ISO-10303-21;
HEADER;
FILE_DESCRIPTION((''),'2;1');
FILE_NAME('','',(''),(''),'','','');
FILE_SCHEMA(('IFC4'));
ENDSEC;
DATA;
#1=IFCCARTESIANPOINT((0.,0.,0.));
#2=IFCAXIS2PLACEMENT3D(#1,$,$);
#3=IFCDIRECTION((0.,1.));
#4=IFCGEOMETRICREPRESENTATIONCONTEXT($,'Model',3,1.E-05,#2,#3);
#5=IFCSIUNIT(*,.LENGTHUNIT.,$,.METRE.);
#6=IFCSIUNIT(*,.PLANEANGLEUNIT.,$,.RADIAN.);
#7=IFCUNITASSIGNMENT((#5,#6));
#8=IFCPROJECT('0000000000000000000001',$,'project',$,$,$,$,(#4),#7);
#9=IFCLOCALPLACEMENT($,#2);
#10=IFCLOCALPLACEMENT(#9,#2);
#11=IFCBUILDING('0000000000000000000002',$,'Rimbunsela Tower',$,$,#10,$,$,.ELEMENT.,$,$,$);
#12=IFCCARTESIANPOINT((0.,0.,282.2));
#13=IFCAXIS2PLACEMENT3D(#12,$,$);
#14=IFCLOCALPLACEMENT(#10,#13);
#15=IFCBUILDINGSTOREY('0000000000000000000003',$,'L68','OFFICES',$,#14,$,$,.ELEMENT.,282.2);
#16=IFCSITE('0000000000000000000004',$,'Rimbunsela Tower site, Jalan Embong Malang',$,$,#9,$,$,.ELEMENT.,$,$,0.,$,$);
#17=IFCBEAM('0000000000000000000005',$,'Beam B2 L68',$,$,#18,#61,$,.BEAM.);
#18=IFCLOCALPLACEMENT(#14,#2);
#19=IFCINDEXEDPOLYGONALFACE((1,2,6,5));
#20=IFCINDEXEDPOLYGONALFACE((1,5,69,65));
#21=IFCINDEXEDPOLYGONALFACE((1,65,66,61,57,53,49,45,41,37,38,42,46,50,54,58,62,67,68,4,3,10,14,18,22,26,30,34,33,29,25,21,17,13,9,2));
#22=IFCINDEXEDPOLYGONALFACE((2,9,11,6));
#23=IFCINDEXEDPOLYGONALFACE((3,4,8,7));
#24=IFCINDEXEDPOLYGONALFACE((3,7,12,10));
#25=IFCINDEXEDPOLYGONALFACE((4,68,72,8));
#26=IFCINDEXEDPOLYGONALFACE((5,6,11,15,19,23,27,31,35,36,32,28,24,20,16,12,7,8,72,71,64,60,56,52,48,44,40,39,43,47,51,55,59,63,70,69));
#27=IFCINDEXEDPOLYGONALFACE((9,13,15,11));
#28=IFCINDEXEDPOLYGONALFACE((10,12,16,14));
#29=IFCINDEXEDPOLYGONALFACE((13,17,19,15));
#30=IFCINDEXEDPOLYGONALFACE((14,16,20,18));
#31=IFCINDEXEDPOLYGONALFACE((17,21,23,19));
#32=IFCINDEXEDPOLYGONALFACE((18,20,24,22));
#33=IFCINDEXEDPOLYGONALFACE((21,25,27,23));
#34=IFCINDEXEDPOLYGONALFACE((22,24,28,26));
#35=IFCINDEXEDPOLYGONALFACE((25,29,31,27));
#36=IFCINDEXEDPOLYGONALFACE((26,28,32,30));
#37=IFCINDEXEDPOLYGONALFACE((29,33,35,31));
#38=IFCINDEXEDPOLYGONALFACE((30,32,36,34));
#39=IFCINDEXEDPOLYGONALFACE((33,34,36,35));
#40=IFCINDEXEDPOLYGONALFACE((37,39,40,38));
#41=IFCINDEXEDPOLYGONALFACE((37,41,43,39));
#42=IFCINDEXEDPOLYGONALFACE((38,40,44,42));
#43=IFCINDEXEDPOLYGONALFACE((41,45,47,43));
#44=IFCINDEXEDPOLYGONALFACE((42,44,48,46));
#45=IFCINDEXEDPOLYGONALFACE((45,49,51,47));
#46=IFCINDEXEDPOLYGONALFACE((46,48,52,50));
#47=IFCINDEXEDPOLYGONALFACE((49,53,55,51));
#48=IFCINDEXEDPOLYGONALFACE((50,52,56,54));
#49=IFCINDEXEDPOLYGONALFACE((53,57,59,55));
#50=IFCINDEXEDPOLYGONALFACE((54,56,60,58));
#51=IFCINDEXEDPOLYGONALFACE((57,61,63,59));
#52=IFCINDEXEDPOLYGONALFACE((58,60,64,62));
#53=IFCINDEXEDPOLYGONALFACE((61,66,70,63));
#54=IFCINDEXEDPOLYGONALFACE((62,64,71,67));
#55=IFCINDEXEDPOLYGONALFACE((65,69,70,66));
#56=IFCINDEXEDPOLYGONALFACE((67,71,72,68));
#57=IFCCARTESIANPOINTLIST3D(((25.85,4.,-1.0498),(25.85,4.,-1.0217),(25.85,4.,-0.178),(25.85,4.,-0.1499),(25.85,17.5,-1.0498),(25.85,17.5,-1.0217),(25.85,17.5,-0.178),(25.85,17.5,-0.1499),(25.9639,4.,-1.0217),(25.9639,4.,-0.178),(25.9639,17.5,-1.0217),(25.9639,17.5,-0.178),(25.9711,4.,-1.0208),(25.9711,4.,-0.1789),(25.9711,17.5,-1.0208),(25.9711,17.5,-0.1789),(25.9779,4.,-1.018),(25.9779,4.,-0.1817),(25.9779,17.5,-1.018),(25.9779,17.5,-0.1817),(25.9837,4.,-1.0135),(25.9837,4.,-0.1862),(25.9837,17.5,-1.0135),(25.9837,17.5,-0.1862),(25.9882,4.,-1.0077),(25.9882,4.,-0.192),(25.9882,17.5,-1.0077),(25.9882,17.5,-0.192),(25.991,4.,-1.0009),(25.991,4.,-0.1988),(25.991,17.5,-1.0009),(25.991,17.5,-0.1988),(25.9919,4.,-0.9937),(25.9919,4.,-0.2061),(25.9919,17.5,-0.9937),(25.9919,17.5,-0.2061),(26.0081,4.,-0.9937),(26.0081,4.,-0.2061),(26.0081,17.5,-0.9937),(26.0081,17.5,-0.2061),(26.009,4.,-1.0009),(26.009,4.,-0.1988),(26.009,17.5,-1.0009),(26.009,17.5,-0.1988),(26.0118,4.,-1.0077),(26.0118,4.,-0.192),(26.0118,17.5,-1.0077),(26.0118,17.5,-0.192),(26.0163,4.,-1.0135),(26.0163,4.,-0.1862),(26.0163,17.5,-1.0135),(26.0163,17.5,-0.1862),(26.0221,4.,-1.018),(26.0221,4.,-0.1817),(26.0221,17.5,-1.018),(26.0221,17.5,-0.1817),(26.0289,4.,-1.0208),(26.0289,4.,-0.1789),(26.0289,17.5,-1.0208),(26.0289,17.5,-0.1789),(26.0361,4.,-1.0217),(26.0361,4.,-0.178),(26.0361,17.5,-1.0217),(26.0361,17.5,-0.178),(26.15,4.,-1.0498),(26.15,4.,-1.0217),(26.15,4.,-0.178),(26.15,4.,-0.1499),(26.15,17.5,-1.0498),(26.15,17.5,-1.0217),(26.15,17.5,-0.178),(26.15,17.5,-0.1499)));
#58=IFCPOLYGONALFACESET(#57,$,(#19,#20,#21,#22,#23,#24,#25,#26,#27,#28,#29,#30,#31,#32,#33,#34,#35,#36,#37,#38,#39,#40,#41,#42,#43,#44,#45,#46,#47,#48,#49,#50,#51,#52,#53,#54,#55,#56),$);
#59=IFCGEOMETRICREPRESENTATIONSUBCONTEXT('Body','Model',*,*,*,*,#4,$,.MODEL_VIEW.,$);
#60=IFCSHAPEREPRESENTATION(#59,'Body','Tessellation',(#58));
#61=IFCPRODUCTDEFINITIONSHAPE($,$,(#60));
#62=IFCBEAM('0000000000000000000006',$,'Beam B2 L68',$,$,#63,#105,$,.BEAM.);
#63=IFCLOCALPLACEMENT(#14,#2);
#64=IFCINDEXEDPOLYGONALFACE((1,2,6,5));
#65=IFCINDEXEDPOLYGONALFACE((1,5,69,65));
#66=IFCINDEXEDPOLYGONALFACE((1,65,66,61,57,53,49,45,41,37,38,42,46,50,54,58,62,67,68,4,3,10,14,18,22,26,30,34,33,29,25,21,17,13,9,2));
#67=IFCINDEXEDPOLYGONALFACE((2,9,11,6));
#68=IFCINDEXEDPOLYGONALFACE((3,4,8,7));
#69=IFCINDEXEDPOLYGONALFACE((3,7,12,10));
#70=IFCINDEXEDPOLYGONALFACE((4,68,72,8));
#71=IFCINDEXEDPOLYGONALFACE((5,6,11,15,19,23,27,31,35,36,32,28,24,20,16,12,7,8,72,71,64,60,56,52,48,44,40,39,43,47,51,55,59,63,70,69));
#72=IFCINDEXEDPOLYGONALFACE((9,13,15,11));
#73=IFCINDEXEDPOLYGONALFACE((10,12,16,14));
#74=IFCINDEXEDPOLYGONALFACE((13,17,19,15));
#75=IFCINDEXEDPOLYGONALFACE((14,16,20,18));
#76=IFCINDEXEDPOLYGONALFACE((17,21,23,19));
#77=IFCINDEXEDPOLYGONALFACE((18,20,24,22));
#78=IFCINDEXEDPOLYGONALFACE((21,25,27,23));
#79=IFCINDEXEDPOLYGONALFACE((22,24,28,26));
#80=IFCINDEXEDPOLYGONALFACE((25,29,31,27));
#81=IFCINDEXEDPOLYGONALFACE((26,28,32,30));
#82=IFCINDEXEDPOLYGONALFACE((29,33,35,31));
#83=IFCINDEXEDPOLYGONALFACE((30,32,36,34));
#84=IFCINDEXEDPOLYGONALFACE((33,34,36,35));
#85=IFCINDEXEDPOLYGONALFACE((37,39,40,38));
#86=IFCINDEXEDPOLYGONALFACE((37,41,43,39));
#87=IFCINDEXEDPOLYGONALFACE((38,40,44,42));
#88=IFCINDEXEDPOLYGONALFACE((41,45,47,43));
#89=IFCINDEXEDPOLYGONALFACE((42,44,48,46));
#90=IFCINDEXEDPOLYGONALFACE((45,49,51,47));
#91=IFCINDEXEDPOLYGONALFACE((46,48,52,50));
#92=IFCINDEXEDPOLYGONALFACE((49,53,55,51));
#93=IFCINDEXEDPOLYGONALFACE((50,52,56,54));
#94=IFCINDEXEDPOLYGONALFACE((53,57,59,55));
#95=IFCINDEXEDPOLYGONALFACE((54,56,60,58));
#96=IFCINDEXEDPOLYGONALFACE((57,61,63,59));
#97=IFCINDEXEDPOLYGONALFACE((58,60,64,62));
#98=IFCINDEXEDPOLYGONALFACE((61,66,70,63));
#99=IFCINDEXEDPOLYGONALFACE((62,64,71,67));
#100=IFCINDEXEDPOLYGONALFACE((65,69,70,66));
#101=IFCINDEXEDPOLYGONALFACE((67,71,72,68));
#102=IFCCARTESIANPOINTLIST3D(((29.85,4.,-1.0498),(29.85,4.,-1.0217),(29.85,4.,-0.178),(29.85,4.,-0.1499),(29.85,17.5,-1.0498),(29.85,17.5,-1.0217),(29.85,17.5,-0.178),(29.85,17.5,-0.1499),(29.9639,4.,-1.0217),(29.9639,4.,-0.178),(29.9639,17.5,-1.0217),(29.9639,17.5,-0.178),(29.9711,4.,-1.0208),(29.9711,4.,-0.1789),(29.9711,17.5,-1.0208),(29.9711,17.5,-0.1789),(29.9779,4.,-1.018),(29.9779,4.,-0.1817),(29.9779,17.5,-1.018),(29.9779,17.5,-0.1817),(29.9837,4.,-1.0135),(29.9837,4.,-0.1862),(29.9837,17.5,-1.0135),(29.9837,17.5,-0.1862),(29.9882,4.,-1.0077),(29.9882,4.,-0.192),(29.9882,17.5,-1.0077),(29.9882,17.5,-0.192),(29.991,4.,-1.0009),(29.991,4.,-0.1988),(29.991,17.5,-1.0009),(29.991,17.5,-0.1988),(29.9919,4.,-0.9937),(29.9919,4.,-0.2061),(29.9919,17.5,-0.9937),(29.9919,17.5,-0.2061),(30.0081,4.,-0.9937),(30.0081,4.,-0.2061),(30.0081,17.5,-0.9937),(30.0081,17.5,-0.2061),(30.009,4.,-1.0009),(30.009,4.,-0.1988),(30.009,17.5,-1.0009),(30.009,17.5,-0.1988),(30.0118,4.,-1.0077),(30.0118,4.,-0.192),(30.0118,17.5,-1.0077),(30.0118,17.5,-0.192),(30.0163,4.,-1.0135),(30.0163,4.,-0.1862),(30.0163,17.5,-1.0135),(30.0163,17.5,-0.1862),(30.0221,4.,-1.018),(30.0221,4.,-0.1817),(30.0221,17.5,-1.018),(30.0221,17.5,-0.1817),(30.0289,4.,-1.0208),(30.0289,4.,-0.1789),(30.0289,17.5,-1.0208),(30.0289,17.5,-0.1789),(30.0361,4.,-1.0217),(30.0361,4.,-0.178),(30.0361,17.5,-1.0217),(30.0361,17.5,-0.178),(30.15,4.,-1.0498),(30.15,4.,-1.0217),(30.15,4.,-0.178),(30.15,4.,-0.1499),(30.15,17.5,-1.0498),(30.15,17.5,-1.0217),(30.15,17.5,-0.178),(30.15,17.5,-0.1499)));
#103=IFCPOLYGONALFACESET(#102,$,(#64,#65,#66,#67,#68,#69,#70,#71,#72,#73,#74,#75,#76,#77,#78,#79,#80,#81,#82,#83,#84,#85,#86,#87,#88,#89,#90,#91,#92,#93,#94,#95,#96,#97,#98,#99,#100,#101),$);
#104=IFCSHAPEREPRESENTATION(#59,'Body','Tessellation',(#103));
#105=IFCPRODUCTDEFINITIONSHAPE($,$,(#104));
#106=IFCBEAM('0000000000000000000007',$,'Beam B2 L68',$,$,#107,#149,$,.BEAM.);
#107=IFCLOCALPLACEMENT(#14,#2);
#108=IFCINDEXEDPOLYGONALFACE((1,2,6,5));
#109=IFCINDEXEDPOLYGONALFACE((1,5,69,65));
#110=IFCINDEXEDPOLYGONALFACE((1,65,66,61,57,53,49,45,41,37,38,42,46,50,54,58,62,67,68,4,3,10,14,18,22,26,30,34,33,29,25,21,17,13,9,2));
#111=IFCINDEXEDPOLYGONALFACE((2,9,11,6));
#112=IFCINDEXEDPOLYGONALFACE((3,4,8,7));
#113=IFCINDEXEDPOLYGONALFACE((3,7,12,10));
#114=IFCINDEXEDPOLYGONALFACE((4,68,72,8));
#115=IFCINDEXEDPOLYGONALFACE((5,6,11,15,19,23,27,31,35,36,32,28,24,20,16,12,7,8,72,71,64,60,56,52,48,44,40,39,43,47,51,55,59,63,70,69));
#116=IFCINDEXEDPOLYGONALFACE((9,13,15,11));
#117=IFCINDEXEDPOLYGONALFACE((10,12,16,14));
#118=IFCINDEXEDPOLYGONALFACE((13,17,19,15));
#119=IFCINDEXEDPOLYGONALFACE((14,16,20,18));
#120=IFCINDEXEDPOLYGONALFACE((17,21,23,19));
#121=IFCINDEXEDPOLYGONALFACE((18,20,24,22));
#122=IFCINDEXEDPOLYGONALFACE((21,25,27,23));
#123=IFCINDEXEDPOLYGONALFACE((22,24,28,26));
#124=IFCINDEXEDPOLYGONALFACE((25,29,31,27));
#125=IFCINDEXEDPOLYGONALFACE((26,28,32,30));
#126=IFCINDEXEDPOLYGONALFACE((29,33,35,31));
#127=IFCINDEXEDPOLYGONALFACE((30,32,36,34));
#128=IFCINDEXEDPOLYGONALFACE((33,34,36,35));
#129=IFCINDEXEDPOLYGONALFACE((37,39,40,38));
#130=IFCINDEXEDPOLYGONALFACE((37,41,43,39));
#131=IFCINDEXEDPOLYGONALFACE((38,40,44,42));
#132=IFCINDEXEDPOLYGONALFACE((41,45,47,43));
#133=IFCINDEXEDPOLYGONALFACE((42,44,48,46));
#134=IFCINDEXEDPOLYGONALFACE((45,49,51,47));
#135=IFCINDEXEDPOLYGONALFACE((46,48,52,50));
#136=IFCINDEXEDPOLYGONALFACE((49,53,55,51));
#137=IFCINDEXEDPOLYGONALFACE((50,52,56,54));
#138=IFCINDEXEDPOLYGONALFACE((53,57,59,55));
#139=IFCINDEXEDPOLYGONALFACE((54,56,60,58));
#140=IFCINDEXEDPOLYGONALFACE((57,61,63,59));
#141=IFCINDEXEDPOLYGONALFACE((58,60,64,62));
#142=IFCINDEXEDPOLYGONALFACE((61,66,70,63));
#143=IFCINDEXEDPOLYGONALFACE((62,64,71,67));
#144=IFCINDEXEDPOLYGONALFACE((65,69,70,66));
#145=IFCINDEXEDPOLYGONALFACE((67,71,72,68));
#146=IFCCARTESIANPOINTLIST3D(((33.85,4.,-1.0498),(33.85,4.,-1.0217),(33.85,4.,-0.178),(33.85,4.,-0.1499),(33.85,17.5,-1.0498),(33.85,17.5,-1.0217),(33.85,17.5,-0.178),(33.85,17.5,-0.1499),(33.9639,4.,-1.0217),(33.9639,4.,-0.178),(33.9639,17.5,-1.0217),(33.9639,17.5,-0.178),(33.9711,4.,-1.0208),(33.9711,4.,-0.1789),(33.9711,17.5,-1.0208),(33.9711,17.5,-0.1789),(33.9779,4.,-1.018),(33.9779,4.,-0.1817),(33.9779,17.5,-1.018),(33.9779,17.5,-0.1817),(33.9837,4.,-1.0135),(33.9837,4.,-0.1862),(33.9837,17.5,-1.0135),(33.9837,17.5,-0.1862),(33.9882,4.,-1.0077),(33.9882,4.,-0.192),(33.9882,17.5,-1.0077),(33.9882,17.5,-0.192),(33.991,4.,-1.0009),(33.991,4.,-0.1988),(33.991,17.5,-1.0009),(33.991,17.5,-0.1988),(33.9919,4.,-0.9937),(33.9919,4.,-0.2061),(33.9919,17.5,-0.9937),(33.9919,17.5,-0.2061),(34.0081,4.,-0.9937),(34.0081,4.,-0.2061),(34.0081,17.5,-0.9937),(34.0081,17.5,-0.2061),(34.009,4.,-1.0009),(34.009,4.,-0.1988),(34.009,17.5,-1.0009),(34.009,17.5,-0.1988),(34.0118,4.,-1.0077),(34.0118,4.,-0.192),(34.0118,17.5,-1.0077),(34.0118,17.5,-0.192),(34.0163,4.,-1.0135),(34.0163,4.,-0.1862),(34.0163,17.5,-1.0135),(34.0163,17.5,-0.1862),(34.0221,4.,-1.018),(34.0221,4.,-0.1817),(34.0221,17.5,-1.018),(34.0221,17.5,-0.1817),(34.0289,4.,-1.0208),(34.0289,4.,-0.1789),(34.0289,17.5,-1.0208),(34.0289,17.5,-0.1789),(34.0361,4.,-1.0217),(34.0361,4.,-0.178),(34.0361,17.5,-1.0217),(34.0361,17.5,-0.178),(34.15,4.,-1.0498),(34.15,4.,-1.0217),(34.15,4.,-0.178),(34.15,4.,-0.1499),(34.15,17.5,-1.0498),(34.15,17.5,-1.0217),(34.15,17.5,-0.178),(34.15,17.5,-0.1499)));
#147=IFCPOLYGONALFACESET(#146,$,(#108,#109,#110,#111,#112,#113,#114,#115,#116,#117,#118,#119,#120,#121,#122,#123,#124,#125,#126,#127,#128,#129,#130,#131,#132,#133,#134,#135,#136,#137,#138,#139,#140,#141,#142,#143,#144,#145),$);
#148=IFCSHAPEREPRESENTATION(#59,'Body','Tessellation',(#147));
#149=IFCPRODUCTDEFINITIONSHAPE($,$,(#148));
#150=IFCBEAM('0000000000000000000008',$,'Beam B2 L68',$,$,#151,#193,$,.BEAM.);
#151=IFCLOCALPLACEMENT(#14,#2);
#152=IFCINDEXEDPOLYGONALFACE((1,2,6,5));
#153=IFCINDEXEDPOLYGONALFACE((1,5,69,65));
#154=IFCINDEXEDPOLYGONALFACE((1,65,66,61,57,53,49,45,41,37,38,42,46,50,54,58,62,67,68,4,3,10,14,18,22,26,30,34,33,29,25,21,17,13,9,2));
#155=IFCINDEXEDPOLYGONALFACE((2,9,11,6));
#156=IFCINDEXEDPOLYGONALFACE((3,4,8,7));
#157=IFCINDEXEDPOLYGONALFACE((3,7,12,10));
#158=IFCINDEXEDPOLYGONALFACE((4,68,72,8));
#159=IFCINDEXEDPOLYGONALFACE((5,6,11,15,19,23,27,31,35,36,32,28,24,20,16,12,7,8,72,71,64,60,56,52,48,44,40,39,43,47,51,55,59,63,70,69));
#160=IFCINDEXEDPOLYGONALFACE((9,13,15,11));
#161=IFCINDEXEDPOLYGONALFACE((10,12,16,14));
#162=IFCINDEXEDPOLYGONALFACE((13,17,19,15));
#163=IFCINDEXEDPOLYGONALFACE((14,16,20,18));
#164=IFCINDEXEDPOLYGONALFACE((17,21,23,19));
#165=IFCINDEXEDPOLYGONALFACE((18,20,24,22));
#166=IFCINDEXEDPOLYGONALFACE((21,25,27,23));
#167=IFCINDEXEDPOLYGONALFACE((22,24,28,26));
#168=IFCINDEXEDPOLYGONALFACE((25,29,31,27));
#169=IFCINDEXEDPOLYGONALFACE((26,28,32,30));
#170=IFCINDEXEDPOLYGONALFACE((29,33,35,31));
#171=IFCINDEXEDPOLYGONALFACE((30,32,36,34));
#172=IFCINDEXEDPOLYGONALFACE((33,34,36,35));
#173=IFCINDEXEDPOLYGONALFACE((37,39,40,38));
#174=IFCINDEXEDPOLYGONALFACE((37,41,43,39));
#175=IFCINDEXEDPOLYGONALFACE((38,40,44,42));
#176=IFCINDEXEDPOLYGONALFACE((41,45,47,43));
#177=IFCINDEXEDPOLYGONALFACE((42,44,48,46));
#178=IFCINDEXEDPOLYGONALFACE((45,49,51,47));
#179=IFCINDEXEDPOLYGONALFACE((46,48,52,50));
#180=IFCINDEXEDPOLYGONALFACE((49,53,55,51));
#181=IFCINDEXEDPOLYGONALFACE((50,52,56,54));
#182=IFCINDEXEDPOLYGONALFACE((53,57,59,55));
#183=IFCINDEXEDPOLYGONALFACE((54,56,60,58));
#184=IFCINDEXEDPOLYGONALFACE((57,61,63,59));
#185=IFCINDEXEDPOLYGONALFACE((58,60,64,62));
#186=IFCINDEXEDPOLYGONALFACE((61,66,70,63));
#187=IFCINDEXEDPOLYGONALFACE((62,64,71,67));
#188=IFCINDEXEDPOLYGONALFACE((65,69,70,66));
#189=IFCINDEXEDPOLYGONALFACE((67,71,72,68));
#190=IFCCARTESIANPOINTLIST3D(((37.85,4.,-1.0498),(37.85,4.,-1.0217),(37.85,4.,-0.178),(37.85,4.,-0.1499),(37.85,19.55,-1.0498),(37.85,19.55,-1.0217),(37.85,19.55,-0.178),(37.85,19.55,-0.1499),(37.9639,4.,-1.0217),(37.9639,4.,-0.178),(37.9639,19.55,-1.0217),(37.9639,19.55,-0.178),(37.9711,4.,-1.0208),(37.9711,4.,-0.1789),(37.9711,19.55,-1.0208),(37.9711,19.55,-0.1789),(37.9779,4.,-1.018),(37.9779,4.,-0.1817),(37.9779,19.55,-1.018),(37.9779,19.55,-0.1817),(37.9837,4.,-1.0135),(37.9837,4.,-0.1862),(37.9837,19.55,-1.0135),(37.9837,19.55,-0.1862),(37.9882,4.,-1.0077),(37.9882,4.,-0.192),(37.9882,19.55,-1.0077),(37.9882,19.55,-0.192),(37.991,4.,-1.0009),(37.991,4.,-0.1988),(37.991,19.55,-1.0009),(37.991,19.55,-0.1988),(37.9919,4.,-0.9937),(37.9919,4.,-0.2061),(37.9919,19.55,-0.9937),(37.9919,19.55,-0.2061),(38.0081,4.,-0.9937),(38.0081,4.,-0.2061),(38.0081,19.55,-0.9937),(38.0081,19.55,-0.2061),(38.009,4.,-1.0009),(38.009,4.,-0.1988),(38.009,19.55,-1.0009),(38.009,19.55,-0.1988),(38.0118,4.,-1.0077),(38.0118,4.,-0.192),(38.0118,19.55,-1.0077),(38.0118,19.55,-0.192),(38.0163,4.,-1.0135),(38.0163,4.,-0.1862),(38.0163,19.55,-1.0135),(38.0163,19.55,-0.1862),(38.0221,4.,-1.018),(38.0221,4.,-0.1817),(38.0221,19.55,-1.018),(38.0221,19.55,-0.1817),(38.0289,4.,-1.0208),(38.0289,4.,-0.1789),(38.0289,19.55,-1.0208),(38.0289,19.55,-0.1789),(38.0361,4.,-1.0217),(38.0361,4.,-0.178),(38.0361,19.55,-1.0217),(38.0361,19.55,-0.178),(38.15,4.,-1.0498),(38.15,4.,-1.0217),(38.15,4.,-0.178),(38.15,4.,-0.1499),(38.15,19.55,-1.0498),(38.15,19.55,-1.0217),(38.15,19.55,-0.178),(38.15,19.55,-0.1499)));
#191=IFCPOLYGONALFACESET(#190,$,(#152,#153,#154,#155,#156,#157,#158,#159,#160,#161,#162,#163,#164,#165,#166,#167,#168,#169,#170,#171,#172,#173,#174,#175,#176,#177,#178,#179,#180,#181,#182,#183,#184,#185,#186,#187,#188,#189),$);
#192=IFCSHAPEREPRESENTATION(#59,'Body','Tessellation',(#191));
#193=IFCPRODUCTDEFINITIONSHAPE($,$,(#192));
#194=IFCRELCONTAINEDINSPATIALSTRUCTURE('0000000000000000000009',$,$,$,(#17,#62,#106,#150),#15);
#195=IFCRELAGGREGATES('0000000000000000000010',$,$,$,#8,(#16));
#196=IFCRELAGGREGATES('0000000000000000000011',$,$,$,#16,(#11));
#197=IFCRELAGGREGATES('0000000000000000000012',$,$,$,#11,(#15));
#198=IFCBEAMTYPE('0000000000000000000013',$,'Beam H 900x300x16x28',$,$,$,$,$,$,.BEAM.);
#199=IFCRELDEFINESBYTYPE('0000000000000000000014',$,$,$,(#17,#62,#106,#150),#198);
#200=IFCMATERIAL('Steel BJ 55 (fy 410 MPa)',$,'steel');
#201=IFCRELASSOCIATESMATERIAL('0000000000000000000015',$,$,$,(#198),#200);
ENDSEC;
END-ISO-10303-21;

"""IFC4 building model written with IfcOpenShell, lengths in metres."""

from ifc_helpers import new_model, si_unit, direction, frame, origin, origin_2d, place, context, subcontext, project, spatial, i_section, extrude, material, material_profile, profile_set, type_object, element, save


model = new_model("IFC4")

# Units and contexts
model_context = context("Model", 3, precision=1e-05, world=origin(), true_north=direction((0.0, 1.0)))
body_context = subcontext(model_context, "Body", "Model", "MODEL_VIEW")
ifc_project = project(units=[si_unit("LENGTHUNIT", "METRE"), si_unit("PLANEANGLEUNIT", "RADIAN")], contexts=[model_context])

# Site, building, storey
site_placement = place(None, origin())
site = spatial("IfcSite", under=ifc_project, at=site_placement, Name="Rimbunsela Tower site, Jalan Embong Malang", CompositionType="ELEMENT", RefElevation=0.0)
building_placement = place(site_placement, origin())
building = spatial("IfcBuilding", under=site, at=building_placement, Name="Rimbunsela Tower", CompositionType="ELEMENT")
storey_placement = place(building_placement, frame((0.0, 0.0, 282.2)))
storey = spatial("IfcBuildingStorey", under=building, at=storey_placement, Name="L68", Description="OFFICES", CompositionType="ELEMENT", Elevation=282.2)

# Beams
ifc_material_1 = material(Name="Steel BJ 55 (fy 410 MPa)", Category="steel")
ifc_material_profile_1 = material_profile(ifc_material_1, i_section(OverallWidth=0.3, OverallDepth=0.8999, WebThickness=0.0161, FlangeThickness=0.0281, FilletRadius=0.0281, at=origin_2d()), Name="H 900x300x16x28")
ifc_profile_set_1 = profile_set([ifc_material_profile_1], Name="Steel BJ 55 (fy 410 MPa)")
beam_type_1 = type_object("IfcBeamType", Name="Beam H 900x300x16x28", PredefinedType="BEAM", material=ifc_profile_set_1)
for number, where, z_axis, x_axis, name in (
    (1, (26.0, 4.0, -0.5999), (0.0, 1.0, 0.0), (-1.0, 0.0, 0.0), "Beam B2 L68"),
    (2, (30.0, 4.0, -0.5999), (0.0, 1.0, 0.0), (-1.0, 0.0, 0.0), "Beam B2 L68"),
    (3, (34.0, 4.0, -0.5999), (0.0, 1.0, 0.0), (-1.0, 0.0, 0.0), "Beam B2 L68"),
):
    element("IfcBeam", number, at=place(storey_placement, frame(where, z_axis=z_axis, x_axis=x_axis)), inside=storey, type_object=beam_type_1, Name=name, PredefinedType="BEAM", context=body_context, shape_type="SweptSolid", body=[
        extrude(i_section(OverallWidth=0.3, OverallDepth=0.8999, WebThickness=0.0161, FlangeThickness=0.0281, FilletRadius=0.0281, at=origin_2d()), origin(), (0.0, 0.0, 1.0), 13.5),
    ])
beam_placement = place(storey_placement, frame((38.0, 4.0, -0.5999), z_axis=(0.0, 1.0, 0.0), x_axis=(-1.0, 0.0, 0.0)))
element("IfcBeam", 4, at=beam_placement, inside=storey, type_object=beam_type_1, Name="Beam B2 L68", PredefinedType="BEAM", context=body_context, shape_type="SweptSolid", body=[
    extrude(i_section(OverallWidth=0.3, OverallDepth=0.8999, WebThickness=0.0161, FlangeThickness=0.0281, FilletRadius=0.0281, at=origin_2d()), origin(), (0.0, 0.0, 1.0), 15.55),
])

save(model, "model.ifc")
